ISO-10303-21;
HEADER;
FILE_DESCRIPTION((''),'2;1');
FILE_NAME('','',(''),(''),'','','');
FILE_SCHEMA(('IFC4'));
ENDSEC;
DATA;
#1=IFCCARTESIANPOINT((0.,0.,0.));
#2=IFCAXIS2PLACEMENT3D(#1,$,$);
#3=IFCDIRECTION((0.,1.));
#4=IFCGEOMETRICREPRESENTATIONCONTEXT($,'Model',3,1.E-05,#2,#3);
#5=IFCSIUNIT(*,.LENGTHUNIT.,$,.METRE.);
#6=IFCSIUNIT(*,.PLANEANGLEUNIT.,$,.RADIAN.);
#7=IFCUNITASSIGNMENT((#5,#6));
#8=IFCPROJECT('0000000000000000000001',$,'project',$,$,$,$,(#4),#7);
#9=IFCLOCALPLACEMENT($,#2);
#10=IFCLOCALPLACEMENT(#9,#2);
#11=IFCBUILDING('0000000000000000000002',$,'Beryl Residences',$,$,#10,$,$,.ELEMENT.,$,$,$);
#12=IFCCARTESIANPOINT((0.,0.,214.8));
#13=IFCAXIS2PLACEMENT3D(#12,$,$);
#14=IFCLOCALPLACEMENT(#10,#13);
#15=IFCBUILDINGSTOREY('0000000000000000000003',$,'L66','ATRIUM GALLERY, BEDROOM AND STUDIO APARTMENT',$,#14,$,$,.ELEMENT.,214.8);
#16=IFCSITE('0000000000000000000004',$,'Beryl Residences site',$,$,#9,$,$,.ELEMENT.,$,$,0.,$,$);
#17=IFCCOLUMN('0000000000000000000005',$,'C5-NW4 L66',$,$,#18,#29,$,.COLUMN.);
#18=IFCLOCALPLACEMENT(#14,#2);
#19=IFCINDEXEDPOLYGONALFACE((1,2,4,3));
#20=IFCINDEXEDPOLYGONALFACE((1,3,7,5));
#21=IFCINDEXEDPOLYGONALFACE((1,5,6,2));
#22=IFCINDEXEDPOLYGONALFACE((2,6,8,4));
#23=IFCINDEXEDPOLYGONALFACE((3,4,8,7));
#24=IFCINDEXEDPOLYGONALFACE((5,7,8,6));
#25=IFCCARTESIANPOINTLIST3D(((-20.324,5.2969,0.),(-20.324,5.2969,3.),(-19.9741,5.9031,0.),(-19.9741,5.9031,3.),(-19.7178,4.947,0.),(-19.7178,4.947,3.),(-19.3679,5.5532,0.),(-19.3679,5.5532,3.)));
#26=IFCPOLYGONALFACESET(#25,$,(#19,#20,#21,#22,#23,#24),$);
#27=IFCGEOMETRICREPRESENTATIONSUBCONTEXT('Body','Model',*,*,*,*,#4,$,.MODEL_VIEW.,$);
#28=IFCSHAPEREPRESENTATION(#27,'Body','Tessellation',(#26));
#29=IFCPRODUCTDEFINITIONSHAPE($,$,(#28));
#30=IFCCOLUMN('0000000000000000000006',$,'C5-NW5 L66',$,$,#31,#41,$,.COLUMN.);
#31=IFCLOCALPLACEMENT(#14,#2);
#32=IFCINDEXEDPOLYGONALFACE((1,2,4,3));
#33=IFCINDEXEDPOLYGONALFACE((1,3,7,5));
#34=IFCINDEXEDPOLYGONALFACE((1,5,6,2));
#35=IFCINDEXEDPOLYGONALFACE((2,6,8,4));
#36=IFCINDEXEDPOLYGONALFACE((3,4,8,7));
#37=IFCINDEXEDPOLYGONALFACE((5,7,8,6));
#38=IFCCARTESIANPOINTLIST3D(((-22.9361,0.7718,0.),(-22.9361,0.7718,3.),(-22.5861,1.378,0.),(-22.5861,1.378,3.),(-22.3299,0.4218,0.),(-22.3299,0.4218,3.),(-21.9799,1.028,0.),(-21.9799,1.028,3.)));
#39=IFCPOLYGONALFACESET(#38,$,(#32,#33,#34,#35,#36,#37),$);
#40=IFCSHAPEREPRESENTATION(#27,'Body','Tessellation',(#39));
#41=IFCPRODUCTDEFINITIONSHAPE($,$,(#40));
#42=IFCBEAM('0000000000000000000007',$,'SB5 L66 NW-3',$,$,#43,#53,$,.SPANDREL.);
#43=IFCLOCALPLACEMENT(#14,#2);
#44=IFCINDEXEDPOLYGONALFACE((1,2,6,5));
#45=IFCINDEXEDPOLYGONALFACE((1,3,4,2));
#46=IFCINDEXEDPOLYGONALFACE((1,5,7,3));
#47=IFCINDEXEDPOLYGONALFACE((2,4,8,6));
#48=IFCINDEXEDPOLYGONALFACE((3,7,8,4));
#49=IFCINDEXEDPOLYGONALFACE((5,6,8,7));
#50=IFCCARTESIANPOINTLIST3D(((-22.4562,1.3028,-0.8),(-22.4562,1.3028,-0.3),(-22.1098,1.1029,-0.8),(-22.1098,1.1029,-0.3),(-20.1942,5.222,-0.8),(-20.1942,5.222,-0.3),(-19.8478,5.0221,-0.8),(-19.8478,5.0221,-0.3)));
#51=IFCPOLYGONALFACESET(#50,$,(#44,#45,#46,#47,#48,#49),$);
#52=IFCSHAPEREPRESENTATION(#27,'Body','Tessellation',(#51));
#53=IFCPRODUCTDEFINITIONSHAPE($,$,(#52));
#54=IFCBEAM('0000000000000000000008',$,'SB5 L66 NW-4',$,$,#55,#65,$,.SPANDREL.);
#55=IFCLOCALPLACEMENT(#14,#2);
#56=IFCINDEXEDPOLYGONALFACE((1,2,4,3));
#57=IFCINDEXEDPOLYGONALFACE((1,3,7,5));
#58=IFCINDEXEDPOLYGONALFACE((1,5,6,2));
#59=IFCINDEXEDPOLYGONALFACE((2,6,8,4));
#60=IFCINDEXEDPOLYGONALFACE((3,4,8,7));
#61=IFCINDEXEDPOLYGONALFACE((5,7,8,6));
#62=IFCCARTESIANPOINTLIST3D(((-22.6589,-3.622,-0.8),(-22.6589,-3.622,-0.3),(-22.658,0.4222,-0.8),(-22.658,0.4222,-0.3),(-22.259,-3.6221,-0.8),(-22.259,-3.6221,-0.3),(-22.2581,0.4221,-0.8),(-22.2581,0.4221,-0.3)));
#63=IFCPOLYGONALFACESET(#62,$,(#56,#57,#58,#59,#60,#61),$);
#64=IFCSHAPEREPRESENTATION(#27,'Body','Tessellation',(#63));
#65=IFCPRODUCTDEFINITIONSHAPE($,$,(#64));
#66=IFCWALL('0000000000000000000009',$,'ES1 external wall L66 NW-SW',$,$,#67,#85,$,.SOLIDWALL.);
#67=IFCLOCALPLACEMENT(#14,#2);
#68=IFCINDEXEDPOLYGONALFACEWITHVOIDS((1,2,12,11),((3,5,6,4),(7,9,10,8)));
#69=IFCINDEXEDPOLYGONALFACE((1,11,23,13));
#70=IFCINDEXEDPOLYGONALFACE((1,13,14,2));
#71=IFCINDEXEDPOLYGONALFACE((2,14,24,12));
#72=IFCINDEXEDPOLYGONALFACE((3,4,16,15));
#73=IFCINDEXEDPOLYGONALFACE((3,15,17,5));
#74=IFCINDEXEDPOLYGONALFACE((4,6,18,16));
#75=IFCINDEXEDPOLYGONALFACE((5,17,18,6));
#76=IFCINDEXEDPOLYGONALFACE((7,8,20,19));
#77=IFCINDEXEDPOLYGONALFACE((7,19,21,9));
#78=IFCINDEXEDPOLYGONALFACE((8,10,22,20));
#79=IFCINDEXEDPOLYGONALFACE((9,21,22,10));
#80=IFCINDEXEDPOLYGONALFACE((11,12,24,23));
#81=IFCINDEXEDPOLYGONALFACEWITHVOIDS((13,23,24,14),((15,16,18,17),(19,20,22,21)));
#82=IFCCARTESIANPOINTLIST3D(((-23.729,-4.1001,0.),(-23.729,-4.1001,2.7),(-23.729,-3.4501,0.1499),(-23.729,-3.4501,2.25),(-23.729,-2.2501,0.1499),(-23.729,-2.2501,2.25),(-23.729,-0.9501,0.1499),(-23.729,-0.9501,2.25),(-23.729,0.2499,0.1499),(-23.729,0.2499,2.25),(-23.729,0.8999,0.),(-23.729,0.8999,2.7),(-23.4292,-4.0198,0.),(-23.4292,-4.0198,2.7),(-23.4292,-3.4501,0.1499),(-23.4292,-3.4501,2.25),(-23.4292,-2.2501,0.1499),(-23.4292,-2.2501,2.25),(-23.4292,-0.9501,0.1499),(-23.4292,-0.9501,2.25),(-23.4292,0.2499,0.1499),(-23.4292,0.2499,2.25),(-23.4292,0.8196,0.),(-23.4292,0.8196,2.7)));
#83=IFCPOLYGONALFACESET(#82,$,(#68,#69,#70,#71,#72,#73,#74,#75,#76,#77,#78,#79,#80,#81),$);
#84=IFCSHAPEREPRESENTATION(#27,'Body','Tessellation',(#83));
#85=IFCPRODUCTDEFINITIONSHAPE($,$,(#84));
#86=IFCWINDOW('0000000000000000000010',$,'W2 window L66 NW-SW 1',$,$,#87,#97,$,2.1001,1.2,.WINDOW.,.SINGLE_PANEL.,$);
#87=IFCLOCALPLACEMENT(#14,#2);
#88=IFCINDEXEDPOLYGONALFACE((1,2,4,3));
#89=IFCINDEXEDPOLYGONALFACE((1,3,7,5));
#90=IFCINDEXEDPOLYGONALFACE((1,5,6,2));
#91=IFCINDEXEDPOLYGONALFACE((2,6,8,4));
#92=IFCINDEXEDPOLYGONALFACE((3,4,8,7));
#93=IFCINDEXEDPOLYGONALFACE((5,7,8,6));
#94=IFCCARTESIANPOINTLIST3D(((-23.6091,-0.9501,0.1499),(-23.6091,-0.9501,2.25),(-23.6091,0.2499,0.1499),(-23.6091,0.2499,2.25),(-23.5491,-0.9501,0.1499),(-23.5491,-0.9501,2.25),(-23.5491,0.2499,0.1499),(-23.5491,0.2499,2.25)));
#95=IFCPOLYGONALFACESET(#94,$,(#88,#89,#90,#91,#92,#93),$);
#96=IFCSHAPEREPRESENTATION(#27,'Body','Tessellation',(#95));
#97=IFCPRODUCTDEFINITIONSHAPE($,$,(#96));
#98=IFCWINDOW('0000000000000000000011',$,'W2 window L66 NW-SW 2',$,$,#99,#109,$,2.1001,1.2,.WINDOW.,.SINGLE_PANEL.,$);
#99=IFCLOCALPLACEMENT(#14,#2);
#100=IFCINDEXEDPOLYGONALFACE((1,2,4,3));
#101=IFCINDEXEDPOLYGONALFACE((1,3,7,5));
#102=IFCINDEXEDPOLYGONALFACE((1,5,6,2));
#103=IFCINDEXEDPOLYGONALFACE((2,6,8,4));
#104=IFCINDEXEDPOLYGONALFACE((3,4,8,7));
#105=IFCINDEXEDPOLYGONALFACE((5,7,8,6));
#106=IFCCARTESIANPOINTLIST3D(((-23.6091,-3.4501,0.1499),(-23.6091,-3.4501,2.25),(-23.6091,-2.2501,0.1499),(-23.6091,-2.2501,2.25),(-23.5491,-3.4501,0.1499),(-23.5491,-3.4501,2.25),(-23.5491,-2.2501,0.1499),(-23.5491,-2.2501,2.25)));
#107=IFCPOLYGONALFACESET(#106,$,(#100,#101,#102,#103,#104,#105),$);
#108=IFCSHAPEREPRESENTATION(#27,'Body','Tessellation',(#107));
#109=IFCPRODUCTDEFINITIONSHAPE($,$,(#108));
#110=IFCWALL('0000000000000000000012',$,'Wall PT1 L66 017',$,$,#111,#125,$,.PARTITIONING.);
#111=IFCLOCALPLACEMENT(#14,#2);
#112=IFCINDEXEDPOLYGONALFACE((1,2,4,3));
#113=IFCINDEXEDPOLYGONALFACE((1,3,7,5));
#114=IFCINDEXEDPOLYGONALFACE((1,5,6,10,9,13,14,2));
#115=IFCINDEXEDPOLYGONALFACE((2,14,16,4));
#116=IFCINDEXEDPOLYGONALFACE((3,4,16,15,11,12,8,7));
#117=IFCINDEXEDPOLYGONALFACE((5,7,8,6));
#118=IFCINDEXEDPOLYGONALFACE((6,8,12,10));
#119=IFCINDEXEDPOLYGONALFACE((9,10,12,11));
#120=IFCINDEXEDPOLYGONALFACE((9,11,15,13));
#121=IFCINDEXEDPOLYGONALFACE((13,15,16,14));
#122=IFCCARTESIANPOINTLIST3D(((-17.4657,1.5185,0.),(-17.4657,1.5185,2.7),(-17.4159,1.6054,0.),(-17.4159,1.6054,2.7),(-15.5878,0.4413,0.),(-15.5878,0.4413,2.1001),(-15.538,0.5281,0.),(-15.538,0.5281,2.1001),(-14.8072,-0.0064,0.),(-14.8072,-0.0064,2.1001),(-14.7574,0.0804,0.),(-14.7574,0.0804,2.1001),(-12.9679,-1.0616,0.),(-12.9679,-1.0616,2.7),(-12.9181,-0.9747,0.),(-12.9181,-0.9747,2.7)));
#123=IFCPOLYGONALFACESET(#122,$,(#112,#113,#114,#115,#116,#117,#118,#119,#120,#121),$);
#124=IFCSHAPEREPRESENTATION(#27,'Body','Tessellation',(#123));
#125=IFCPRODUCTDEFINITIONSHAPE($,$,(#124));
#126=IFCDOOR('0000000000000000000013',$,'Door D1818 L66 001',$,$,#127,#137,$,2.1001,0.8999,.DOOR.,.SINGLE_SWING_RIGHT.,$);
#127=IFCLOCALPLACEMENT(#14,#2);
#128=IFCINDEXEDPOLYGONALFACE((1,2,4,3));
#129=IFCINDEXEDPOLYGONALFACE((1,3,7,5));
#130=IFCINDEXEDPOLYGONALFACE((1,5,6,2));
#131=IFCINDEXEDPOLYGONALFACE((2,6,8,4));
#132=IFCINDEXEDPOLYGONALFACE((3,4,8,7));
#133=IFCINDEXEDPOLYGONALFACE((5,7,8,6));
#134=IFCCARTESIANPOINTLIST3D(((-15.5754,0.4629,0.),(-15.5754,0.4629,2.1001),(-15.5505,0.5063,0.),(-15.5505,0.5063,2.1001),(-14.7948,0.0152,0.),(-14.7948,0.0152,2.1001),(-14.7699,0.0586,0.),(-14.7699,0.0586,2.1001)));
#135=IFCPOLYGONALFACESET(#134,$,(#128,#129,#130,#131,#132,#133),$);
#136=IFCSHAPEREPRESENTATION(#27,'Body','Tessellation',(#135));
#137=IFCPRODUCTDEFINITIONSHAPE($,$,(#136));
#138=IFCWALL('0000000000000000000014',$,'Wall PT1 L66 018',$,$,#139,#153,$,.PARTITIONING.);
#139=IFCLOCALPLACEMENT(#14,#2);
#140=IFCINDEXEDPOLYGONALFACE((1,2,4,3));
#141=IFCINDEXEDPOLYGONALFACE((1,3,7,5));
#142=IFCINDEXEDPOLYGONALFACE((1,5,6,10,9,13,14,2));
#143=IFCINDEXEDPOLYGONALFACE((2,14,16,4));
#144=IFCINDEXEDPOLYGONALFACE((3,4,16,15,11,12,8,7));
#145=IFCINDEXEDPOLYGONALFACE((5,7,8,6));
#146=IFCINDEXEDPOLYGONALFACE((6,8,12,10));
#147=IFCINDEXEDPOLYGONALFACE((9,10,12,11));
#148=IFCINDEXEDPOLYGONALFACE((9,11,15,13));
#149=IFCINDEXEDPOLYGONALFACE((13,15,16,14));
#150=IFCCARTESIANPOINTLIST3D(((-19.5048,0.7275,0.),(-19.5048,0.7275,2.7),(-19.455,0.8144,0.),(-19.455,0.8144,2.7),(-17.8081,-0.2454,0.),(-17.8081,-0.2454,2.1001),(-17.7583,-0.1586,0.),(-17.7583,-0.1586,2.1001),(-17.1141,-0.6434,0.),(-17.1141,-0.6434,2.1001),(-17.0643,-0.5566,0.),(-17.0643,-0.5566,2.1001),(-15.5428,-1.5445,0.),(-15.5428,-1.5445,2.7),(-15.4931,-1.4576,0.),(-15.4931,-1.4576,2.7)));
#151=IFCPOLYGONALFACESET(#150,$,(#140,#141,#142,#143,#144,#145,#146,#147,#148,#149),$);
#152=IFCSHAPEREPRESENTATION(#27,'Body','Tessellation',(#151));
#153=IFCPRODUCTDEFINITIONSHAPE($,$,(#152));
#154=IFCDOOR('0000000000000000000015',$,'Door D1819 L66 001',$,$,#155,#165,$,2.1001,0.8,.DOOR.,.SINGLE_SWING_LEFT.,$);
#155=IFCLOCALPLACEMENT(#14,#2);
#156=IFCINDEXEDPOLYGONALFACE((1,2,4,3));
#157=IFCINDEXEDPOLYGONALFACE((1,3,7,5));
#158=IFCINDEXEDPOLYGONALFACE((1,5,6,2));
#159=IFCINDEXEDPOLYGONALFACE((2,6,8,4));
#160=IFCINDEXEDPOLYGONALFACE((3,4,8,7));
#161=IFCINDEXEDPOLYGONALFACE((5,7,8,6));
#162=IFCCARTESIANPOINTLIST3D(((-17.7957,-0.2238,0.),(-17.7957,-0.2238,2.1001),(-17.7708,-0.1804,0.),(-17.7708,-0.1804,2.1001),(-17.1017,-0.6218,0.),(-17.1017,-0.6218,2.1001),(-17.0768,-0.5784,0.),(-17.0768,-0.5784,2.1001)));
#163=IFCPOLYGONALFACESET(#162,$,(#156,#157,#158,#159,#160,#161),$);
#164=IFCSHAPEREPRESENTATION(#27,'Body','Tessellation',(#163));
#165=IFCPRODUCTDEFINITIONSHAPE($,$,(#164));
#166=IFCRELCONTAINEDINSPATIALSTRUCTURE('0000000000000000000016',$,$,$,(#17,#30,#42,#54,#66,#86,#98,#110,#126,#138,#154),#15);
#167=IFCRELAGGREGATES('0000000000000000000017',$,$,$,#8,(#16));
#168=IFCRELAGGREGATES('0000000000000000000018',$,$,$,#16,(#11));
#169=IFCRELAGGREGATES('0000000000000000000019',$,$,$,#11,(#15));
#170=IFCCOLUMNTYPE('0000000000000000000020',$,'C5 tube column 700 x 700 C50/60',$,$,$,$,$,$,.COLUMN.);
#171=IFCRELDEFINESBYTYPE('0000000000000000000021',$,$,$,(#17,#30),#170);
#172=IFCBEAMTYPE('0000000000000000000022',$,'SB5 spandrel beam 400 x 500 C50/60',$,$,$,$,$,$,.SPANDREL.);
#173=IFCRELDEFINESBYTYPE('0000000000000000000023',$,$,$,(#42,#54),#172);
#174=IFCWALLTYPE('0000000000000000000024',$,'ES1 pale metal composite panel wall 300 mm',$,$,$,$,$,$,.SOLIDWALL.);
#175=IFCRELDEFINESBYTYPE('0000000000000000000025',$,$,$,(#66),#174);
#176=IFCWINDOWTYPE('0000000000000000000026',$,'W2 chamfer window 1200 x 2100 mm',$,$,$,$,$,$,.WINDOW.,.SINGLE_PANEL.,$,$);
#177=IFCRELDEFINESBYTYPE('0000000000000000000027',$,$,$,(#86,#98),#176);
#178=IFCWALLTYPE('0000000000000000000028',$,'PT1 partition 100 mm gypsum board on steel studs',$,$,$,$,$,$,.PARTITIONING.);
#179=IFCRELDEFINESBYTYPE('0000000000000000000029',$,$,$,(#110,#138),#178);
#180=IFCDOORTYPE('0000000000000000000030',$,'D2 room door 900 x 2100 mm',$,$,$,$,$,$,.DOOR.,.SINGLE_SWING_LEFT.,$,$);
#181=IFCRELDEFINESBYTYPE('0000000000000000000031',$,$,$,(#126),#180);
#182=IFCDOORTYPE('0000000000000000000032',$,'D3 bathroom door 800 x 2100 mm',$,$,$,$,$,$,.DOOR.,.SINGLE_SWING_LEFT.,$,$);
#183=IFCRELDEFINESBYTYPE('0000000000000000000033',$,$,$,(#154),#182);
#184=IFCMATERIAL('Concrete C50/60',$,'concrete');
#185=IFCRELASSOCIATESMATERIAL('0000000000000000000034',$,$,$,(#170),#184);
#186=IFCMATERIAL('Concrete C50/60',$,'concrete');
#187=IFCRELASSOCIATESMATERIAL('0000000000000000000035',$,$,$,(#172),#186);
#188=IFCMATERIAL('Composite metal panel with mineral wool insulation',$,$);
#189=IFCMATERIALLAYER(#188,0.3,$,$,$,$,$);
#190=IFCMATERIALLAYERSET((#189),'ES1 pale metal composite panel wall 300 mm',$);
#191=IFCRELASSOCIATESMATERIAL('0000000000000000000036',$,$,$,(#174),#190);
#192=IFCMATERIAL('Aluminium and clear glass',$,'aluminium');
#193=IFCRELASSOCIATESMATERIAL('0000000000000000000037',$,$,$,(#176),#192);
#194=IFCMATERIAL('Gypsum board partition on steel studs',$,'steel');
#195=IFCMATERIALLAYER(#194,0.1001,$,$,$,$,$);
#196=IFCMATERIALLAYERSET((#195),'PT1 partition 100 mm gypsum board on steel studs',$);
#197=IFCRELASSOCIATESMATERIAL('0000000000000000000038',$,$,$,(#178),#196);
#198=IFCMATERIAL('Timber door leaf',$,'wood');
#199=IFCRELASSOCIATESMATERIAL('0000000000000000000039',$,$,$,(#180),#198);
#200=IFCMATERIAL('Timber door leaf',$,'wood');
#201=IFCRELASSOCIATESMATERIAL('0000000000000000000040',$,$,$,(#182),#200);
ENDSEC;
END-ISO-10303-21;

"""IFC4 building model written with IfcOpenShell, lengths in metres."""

from ifc_helpers import new_model, si_unit, direction, frame, frame_2d, origin, origin_2d, place, context, subcontext, project, spatial, polyline, rectangle, outline, extrude, material, layer, layer_set, material_profile, profile_set, type_object, element, fill, save


model = new_model("IFC4")

# Units and contexts
model_context = context("Model", 3, precision=1e-05, world=origin(), true_north=direction((0.0, 1.0)))
body_context = subcontext(model_context, "Body", "Model", "MODEL_VIEW")
ifc_project = project(units=[si_unit("LENGTHUNIT", "METRE"), si_unit("PLANEANGLEUNIT", "RADIAN")], contexts=[model_context])

# Site, building, storey
site_placement = place(None, origin())
site = spatial("IfcSite", under=ifc_project, at=site_placement, Name="Beryl Residences site", CompositionType="ELEMENT", RefElevation=0.0)
building_placement = place(site_placement, origin())
building = spatial("IfcBuilding", under=site, at=building_placement, Name="Beryl Residences", CompositionType="ELEMENT")
storey_placement = place(building_placement, frame((0.0, 0.0, 214.8)))
storey = spatial("IfcBuildingStorey", under=building, at=storey_placement, Name="L66", Description="ATRIUM GALLERY, BEDROOM AND STUDIO APARTMENT", CompositionType="ELEMENT", Elevation=214.8)

# Columns
ifc_material_1 = material(Name="Concrete C50/60", Category="concrete")
ifc_material_profile_1 = material_profile(ifc_material_1, rectangle(XDim=0.7, YDim=0.7, at=origin_2d()))
ifc_profile_set_1 = profile_set([ifc_material_profile_1], Name="Concrete C50/60")
column_type = type_object("IfcColumnType", Name="C5 tube column 700 x 700 C50/60", PredefinedType="COLUMN", material=ifc_profile_set_1)
for number, where, z_axis, x_axis, name in (
    (1, (-19.8459, 5.425, 0.0), (0.0, 0.0, 1.0), (-0.49997, -0.866043, 0.0), "C5-NW4 L66"),
    (2, (-22.458, 0.8999, 0.0), (0.0, 0.0, 1.0), (-0.49997, -0.866043, 0.0), "C5-NW5 L66"),
):
    element("IfcColumn", number, at=place(storey_placement, frame(where, z_axis=z_axis, x_axis=x_axis)), inside=storey, type_object=column_type, Name=name, PredefinedType="COLUMN", context=body_context, shape_type="SweptSolid", body=[
        extrude(rectangle(XDim=0.7, YDim=0.7, at=origin_2d()), origin(), (0.0, 0.0, 1.0), 3.0),
    ])

# Beams
ifc_material_2 = material(Name="Concrete C50/60", Category="concrete")
ifc_material_profile_2 = material_profile(ifc_material_2, rectangle(XDim=0.3999, YDim=0.5, at=origin_2d()))
ifc_profile_set_2 = profile_set([ifc_material_profile_2], Name="Concrete C50/60")
beam_type = type_object("IfcBeamType", Name="SB5 spandrel beam 400 x 500 C50/60", PredefinedType="SPANDREL", material=ifc_profile_set_2)
beam_1_placement = place(storey_placement, frame((-20.021, 5.1221, -0.55), z_axis=(-0.49987, -0.8661, 0.0), x_axis=(0.8661, -0.49987, 0.0)))
element("IfcBeam", 3, at=beam_1_placement, inside=storey, type_object=beam_type, Name="SB5 L66 NW-3", PredefinedType="SPANDREL", context=body_context, shape_type="SweptSolid", body=[
    extrude(rectangle(XDim=0.3999, YDim=0.5, at=origin_2d()), origin(), (0.0, 0.0, 1.0), 4.5251),
])
beam_2_placement = place(storey_placement, frame((-22.458, 0.4221, -0.55), z_axis=(-0.000241, -1.0, 0.0), x_axis=(1.0, -0.000241, 0.0)))
element("IfcBeam", 4, at=beam_2_placement, inside=storey, type_object=beam_type, Name="SB5 L66 NW-4", PredefinedType="SPANDREL", context=body_context, shape_type="SweptSolid", body=[
    extrude(rectangle(XDim=0.3999, YDim=0.5, at=origin_2d()), origin(), (0.0, 0.0, 1.0), 4.0442),
])

# Wall, openings, windows
ifc_material_3 = material(Name="Composite metal panel with mineral wool insulation")
ifc_layer_1 = layer(ifc_material_3, 0.3)
ifc_layer_set_1 = layer_set([ifc_layer_1], Name="ES1 pale metal composite panel wall 300 mm")
wall_type_1 = type_object("IfcWallType", Name="ES1 pale metal composite panel wall 300 mm", PredefinedType="SOLIDWALL", material=ifc_layer_set_1)
wall_1_placement = place(storey_placement, frame((-23.5791, 0.8999, 0.0), z_axis=(0.0, 0.0, 1.0), x_axis=(0.0, -1.0, 0.0)))
wall_1 = element("IfcWall", 5, at=wall_1_placement, inside=storey, type_object=wall_type_1, Name="ES1 external wall L66 NW-SW", PredefinedType="SOLIDWALL", context=body_context, shape_type="SweptSolid", body=[
    extrude(outline(polyline([(0.0, -0.1499), (5.0, -0.1499), (4.9197, 0.1499), (0.0803, 0.1499), (0.0, -0.1499)])), origin(), (0.0, 0.0, 1.0), 2.7),
])
opening_1_placement = place(wall_1_placement, frame((0.6499, 0.0, 0.1499)))
opening_1 = element("IfcOpeningElement", 6, at=opening_1_placement, cuts=wall_1, PredefinedType="OPENING", context=body_context, shape_type="SweptSolid", body=[
    extrude(rectangle(XDim=1.2, YDim=2.1001, at=frame_2d((0.6001, 1.05))), frame((0.0, 0.1599, 0.0), z_axis=(0.0, -1.0, 0.0), x_axis=(1.0, 0.0, 0.0)), (0.0, 0.0, 1.0), 0.3201),
])
opening_2_placement = place(wall_1_placement, frame((3.1499, 0.0, 0.1499)))
opening_2 = element("IfcOpeningElement", 7, at=opening_2_placement, cuts=wall_1, PredefinedType="OPENING", context=body_context, shape_type="SweptSolid", body=[
    extrude(rectangle(XDim=1.2, YDim=2.1001, at=frame_2d((0.6001, 1.05))), frame((0.0, 0.1599, 0.0), z_axis=(0.0, -1.0, 0.0), x_axis=(1.0, 0.0, 0.0)), (0.0, 0.0, 1.0), 0.3201),
])
ifc_material_4 = material(Name="Aluminium and clear glass", Category="aluminium")
window_type = type_object("IfcWindowType", Name="W2 chamfer window 1200 x 2100 mm", PartitioningType="SINGLE_PANEL", PredefinedType="WINDOW", material=ifc_material_4)
window_1_placement = place(opening_1_placement, origin())
window_1 = element("IfcWindow", 8, at=window_1_placement, inside=storey, type_object=window_type, Name="W2 window L66 NW-SW 1", OverallHeight=2.1001, OverallWidth=1.2, PartitioningType="SINGLE_PANEL", PredefinedType="WINDOW", context=body_context, shape_type="SweptSolid", body=[
    extrude(rectangle(XDim=1.2, YDim=2.1001, at=frame_2d((0.6001, 1.05))), frame((0.0, 0.03, 0.0), z_axis=(0.0, -1.0, 0.0), x_axis=(1.0, 0.0, 0.0)), (0.0, 0.0, 1.0), 0.0601),
])
fill(opening_1, window_1)
window_2_placement = place(opening_2_placement, origin())
window_2 = element("IfcWindow", 9, at=window_2_placement, inside=storey, type_object=window_type, Name="W2 window L66 NW-SW 2", OverallHeight=2.1001, OverallWidth=1.2, PartitioningType="SINGLE_PANEL", PredefinedType="WINDOW", context=body_context, shape_type="SweptSolid", body=[
    extrude(rectangle(XDim=1.2, YDim=2.1001, at=frame_2d((0.6001, 1.05))), frame((0.0, 0.03, 0.0), z_axis=(0.0, -1.0, 0.0), x_axis=(1.0, 0.0, 0.0)), (0.0, 0.0, 1.0), 0.0601),
])
fill(opening_2, window_2)

# Walls, openings, doors
ifc_material_5 = material(Name="Gypsum board partition on steel studs", Category="steel")
ifc_layer_2 = layer(ifc_material_5, 0.1001)
ifc_layer_set_2 = layer_set([ifc_layer_2], Name="PT1 partition 100 mm gypsum board on steel studs")
wall_type_2 = type_object("IfcWallType", Name="PT1 partition 100 mm gypsum board on steel studs", PredefinedType="PARTITIONING", material=ifc_layer_set_2)
wall_2_placement = place(storey_placement, frame((-17.4409, 1.562, 0.0), z_axis=(0.0, 0.0, 1.0), x_axis=(0.867419, -0.497578, 0.0)))
wall_2 = element("IfcWall", 10, at=wall_2_placement, inside=storey, type_object=wall_type_2, Name="Wall PT1 L66 017", PredefinedType="PARTITIONING", context=body_context, shape_type="SweptSolid", body=[
    extrude(rectangle(XDim=5.1853, YDim=0.1001, at=frame_2d((2.5928, 0.0))), origin(), (0.0, 0.0, 1.0), 2.7),
])
opening_3_placement = place(wall_2_placement, frame((2.165, 0.0, 0.0)))
opening_3 = element("IfcOpeningElement", 11, at=opening_3_placement, cuts=wall_2, PredefinedType="OPENING", context=body_context, shape_type="SweptSolid", body=[
    extrude(rectangle(XDim=0.8999, YDim=2.1001, at=frame_2d((0.45, 1.05))), frame((0.0, 0.0601, 0.0), z_axis=(0.0, -1.0, 0.0), x_axis=(1.0, 0.0, 0.0)), (0.0, 0.0, 1.0), 0.1201),
])
ifc_material_6 = material(Name="Timber door leaf", Category="wood")
door_type_1 = type_object("IfcDoorType", Name="D2 room door 900 x 2100 mm", OperationType="SINGLE_SWING_LEFT", PredefinedType="DOOR", material=ifc_material_6)
door_1_placement = place(opening_3_placement, origin())
door_1 = element("IfcDoor", 12, at=door_1_placement, inside=storey, type_object=door_type_1, Name="Door D1818 L66 001", OperationType="SINGLE_SWING_RIGHT", OverallHeight=2.1001, OverallWidth=0.8999, PredefinedType="DOOR", context=body_context, shape_type="SweptSolid", body=[
    extrude(rectangle(XDim=0.8999, YDim=2.1001, at=frame_2d((0.45, 1.05))), frame((0.0, 0.0249, 0.0), z_axis=(0.0, -1.0, 0.0), x_axis=(1.0, 0.0, 0.0)), (0.0, 0.0, 1.0), 0.05),
])
fill(opening_3, door_1)
wall_3_placement = place(storey_placement, frame((-19.48, 0.771, 0.0), z_axis=(0.0, 0.0, 1.0), x_axis=(0.867486, -0.497462, 0.0)))
wall_3 = element("IfcWall", 13, at=wall_3_placement, inside=storey, type_object=wall_type_2, Name="Wall PT1 L66 018", PredefinedType="PARTITIONING", context=body_context, shape_type="SweptSolid", body=[
    extrude(rectangle(XDim=4.5671, YDim=0.1001, at=frame_2d((2.2837, 0.0))), origin(), (0.0, 0.0, 1.0), 2.7),
])
opening_4_placement = place(wall_3_placement, frame((1.9561, 0.0, 0.0)))
opening_4 = element("IfcOpeningElement", 14, at=opening_4_placement, cuts=wall_3, PredefinedType="OPENING", context=body_context, shape_type="SweptSolid", body=[
    extrude(rectangle(XDim=0.8, YDim=2.1001, at=frame_2d((0.3999, 1.05))), frame((0.0, 0.0601, 0.0), z_axis=(0.0, -1.0, 0.0), x_axis=(1.0, 0.0, 0.0)), (0.0, 0.0, 1.0), 0.1201),
])
ifc_material_7 = material(Name="Timber door leaf", Category="wood")
door_type_2 = type_object("IfcDoorType", Name="D3 bathroom door 800 x 2100 mm", OperationType="SINGLE_SWING_LEFT", PredefinedType="DOOR", material=ifc_material_7)
door_2_placement = place(opening_4_placement, origin())
door_2 = element("IfcDoor", 15, at=door_2_placement, inside=storey, type_object=door_type_2, Name="Door D1819 L66 001", OperationType="SINGLE_SWING_LEFT", OverallHeight=2.1001, OverallWidth=0.8, PredefinedType="DOOR", context=body_context, shape_type="SweptSolid", body=[
    extrude(rectangle(XDim=0.8, YDim=2.1001, at=frame_2d((0.3999, 1.05))), frame((0.0, 0.0249, 0.0), z_axis=(0.0, -1.0, 0.0), x_axis=(1.0, 0.0, 0.0)), (0.0, 0.0, 1.0), 0.05),
])
fill(opening_4, door_2)

save(model, "model.ifc")
